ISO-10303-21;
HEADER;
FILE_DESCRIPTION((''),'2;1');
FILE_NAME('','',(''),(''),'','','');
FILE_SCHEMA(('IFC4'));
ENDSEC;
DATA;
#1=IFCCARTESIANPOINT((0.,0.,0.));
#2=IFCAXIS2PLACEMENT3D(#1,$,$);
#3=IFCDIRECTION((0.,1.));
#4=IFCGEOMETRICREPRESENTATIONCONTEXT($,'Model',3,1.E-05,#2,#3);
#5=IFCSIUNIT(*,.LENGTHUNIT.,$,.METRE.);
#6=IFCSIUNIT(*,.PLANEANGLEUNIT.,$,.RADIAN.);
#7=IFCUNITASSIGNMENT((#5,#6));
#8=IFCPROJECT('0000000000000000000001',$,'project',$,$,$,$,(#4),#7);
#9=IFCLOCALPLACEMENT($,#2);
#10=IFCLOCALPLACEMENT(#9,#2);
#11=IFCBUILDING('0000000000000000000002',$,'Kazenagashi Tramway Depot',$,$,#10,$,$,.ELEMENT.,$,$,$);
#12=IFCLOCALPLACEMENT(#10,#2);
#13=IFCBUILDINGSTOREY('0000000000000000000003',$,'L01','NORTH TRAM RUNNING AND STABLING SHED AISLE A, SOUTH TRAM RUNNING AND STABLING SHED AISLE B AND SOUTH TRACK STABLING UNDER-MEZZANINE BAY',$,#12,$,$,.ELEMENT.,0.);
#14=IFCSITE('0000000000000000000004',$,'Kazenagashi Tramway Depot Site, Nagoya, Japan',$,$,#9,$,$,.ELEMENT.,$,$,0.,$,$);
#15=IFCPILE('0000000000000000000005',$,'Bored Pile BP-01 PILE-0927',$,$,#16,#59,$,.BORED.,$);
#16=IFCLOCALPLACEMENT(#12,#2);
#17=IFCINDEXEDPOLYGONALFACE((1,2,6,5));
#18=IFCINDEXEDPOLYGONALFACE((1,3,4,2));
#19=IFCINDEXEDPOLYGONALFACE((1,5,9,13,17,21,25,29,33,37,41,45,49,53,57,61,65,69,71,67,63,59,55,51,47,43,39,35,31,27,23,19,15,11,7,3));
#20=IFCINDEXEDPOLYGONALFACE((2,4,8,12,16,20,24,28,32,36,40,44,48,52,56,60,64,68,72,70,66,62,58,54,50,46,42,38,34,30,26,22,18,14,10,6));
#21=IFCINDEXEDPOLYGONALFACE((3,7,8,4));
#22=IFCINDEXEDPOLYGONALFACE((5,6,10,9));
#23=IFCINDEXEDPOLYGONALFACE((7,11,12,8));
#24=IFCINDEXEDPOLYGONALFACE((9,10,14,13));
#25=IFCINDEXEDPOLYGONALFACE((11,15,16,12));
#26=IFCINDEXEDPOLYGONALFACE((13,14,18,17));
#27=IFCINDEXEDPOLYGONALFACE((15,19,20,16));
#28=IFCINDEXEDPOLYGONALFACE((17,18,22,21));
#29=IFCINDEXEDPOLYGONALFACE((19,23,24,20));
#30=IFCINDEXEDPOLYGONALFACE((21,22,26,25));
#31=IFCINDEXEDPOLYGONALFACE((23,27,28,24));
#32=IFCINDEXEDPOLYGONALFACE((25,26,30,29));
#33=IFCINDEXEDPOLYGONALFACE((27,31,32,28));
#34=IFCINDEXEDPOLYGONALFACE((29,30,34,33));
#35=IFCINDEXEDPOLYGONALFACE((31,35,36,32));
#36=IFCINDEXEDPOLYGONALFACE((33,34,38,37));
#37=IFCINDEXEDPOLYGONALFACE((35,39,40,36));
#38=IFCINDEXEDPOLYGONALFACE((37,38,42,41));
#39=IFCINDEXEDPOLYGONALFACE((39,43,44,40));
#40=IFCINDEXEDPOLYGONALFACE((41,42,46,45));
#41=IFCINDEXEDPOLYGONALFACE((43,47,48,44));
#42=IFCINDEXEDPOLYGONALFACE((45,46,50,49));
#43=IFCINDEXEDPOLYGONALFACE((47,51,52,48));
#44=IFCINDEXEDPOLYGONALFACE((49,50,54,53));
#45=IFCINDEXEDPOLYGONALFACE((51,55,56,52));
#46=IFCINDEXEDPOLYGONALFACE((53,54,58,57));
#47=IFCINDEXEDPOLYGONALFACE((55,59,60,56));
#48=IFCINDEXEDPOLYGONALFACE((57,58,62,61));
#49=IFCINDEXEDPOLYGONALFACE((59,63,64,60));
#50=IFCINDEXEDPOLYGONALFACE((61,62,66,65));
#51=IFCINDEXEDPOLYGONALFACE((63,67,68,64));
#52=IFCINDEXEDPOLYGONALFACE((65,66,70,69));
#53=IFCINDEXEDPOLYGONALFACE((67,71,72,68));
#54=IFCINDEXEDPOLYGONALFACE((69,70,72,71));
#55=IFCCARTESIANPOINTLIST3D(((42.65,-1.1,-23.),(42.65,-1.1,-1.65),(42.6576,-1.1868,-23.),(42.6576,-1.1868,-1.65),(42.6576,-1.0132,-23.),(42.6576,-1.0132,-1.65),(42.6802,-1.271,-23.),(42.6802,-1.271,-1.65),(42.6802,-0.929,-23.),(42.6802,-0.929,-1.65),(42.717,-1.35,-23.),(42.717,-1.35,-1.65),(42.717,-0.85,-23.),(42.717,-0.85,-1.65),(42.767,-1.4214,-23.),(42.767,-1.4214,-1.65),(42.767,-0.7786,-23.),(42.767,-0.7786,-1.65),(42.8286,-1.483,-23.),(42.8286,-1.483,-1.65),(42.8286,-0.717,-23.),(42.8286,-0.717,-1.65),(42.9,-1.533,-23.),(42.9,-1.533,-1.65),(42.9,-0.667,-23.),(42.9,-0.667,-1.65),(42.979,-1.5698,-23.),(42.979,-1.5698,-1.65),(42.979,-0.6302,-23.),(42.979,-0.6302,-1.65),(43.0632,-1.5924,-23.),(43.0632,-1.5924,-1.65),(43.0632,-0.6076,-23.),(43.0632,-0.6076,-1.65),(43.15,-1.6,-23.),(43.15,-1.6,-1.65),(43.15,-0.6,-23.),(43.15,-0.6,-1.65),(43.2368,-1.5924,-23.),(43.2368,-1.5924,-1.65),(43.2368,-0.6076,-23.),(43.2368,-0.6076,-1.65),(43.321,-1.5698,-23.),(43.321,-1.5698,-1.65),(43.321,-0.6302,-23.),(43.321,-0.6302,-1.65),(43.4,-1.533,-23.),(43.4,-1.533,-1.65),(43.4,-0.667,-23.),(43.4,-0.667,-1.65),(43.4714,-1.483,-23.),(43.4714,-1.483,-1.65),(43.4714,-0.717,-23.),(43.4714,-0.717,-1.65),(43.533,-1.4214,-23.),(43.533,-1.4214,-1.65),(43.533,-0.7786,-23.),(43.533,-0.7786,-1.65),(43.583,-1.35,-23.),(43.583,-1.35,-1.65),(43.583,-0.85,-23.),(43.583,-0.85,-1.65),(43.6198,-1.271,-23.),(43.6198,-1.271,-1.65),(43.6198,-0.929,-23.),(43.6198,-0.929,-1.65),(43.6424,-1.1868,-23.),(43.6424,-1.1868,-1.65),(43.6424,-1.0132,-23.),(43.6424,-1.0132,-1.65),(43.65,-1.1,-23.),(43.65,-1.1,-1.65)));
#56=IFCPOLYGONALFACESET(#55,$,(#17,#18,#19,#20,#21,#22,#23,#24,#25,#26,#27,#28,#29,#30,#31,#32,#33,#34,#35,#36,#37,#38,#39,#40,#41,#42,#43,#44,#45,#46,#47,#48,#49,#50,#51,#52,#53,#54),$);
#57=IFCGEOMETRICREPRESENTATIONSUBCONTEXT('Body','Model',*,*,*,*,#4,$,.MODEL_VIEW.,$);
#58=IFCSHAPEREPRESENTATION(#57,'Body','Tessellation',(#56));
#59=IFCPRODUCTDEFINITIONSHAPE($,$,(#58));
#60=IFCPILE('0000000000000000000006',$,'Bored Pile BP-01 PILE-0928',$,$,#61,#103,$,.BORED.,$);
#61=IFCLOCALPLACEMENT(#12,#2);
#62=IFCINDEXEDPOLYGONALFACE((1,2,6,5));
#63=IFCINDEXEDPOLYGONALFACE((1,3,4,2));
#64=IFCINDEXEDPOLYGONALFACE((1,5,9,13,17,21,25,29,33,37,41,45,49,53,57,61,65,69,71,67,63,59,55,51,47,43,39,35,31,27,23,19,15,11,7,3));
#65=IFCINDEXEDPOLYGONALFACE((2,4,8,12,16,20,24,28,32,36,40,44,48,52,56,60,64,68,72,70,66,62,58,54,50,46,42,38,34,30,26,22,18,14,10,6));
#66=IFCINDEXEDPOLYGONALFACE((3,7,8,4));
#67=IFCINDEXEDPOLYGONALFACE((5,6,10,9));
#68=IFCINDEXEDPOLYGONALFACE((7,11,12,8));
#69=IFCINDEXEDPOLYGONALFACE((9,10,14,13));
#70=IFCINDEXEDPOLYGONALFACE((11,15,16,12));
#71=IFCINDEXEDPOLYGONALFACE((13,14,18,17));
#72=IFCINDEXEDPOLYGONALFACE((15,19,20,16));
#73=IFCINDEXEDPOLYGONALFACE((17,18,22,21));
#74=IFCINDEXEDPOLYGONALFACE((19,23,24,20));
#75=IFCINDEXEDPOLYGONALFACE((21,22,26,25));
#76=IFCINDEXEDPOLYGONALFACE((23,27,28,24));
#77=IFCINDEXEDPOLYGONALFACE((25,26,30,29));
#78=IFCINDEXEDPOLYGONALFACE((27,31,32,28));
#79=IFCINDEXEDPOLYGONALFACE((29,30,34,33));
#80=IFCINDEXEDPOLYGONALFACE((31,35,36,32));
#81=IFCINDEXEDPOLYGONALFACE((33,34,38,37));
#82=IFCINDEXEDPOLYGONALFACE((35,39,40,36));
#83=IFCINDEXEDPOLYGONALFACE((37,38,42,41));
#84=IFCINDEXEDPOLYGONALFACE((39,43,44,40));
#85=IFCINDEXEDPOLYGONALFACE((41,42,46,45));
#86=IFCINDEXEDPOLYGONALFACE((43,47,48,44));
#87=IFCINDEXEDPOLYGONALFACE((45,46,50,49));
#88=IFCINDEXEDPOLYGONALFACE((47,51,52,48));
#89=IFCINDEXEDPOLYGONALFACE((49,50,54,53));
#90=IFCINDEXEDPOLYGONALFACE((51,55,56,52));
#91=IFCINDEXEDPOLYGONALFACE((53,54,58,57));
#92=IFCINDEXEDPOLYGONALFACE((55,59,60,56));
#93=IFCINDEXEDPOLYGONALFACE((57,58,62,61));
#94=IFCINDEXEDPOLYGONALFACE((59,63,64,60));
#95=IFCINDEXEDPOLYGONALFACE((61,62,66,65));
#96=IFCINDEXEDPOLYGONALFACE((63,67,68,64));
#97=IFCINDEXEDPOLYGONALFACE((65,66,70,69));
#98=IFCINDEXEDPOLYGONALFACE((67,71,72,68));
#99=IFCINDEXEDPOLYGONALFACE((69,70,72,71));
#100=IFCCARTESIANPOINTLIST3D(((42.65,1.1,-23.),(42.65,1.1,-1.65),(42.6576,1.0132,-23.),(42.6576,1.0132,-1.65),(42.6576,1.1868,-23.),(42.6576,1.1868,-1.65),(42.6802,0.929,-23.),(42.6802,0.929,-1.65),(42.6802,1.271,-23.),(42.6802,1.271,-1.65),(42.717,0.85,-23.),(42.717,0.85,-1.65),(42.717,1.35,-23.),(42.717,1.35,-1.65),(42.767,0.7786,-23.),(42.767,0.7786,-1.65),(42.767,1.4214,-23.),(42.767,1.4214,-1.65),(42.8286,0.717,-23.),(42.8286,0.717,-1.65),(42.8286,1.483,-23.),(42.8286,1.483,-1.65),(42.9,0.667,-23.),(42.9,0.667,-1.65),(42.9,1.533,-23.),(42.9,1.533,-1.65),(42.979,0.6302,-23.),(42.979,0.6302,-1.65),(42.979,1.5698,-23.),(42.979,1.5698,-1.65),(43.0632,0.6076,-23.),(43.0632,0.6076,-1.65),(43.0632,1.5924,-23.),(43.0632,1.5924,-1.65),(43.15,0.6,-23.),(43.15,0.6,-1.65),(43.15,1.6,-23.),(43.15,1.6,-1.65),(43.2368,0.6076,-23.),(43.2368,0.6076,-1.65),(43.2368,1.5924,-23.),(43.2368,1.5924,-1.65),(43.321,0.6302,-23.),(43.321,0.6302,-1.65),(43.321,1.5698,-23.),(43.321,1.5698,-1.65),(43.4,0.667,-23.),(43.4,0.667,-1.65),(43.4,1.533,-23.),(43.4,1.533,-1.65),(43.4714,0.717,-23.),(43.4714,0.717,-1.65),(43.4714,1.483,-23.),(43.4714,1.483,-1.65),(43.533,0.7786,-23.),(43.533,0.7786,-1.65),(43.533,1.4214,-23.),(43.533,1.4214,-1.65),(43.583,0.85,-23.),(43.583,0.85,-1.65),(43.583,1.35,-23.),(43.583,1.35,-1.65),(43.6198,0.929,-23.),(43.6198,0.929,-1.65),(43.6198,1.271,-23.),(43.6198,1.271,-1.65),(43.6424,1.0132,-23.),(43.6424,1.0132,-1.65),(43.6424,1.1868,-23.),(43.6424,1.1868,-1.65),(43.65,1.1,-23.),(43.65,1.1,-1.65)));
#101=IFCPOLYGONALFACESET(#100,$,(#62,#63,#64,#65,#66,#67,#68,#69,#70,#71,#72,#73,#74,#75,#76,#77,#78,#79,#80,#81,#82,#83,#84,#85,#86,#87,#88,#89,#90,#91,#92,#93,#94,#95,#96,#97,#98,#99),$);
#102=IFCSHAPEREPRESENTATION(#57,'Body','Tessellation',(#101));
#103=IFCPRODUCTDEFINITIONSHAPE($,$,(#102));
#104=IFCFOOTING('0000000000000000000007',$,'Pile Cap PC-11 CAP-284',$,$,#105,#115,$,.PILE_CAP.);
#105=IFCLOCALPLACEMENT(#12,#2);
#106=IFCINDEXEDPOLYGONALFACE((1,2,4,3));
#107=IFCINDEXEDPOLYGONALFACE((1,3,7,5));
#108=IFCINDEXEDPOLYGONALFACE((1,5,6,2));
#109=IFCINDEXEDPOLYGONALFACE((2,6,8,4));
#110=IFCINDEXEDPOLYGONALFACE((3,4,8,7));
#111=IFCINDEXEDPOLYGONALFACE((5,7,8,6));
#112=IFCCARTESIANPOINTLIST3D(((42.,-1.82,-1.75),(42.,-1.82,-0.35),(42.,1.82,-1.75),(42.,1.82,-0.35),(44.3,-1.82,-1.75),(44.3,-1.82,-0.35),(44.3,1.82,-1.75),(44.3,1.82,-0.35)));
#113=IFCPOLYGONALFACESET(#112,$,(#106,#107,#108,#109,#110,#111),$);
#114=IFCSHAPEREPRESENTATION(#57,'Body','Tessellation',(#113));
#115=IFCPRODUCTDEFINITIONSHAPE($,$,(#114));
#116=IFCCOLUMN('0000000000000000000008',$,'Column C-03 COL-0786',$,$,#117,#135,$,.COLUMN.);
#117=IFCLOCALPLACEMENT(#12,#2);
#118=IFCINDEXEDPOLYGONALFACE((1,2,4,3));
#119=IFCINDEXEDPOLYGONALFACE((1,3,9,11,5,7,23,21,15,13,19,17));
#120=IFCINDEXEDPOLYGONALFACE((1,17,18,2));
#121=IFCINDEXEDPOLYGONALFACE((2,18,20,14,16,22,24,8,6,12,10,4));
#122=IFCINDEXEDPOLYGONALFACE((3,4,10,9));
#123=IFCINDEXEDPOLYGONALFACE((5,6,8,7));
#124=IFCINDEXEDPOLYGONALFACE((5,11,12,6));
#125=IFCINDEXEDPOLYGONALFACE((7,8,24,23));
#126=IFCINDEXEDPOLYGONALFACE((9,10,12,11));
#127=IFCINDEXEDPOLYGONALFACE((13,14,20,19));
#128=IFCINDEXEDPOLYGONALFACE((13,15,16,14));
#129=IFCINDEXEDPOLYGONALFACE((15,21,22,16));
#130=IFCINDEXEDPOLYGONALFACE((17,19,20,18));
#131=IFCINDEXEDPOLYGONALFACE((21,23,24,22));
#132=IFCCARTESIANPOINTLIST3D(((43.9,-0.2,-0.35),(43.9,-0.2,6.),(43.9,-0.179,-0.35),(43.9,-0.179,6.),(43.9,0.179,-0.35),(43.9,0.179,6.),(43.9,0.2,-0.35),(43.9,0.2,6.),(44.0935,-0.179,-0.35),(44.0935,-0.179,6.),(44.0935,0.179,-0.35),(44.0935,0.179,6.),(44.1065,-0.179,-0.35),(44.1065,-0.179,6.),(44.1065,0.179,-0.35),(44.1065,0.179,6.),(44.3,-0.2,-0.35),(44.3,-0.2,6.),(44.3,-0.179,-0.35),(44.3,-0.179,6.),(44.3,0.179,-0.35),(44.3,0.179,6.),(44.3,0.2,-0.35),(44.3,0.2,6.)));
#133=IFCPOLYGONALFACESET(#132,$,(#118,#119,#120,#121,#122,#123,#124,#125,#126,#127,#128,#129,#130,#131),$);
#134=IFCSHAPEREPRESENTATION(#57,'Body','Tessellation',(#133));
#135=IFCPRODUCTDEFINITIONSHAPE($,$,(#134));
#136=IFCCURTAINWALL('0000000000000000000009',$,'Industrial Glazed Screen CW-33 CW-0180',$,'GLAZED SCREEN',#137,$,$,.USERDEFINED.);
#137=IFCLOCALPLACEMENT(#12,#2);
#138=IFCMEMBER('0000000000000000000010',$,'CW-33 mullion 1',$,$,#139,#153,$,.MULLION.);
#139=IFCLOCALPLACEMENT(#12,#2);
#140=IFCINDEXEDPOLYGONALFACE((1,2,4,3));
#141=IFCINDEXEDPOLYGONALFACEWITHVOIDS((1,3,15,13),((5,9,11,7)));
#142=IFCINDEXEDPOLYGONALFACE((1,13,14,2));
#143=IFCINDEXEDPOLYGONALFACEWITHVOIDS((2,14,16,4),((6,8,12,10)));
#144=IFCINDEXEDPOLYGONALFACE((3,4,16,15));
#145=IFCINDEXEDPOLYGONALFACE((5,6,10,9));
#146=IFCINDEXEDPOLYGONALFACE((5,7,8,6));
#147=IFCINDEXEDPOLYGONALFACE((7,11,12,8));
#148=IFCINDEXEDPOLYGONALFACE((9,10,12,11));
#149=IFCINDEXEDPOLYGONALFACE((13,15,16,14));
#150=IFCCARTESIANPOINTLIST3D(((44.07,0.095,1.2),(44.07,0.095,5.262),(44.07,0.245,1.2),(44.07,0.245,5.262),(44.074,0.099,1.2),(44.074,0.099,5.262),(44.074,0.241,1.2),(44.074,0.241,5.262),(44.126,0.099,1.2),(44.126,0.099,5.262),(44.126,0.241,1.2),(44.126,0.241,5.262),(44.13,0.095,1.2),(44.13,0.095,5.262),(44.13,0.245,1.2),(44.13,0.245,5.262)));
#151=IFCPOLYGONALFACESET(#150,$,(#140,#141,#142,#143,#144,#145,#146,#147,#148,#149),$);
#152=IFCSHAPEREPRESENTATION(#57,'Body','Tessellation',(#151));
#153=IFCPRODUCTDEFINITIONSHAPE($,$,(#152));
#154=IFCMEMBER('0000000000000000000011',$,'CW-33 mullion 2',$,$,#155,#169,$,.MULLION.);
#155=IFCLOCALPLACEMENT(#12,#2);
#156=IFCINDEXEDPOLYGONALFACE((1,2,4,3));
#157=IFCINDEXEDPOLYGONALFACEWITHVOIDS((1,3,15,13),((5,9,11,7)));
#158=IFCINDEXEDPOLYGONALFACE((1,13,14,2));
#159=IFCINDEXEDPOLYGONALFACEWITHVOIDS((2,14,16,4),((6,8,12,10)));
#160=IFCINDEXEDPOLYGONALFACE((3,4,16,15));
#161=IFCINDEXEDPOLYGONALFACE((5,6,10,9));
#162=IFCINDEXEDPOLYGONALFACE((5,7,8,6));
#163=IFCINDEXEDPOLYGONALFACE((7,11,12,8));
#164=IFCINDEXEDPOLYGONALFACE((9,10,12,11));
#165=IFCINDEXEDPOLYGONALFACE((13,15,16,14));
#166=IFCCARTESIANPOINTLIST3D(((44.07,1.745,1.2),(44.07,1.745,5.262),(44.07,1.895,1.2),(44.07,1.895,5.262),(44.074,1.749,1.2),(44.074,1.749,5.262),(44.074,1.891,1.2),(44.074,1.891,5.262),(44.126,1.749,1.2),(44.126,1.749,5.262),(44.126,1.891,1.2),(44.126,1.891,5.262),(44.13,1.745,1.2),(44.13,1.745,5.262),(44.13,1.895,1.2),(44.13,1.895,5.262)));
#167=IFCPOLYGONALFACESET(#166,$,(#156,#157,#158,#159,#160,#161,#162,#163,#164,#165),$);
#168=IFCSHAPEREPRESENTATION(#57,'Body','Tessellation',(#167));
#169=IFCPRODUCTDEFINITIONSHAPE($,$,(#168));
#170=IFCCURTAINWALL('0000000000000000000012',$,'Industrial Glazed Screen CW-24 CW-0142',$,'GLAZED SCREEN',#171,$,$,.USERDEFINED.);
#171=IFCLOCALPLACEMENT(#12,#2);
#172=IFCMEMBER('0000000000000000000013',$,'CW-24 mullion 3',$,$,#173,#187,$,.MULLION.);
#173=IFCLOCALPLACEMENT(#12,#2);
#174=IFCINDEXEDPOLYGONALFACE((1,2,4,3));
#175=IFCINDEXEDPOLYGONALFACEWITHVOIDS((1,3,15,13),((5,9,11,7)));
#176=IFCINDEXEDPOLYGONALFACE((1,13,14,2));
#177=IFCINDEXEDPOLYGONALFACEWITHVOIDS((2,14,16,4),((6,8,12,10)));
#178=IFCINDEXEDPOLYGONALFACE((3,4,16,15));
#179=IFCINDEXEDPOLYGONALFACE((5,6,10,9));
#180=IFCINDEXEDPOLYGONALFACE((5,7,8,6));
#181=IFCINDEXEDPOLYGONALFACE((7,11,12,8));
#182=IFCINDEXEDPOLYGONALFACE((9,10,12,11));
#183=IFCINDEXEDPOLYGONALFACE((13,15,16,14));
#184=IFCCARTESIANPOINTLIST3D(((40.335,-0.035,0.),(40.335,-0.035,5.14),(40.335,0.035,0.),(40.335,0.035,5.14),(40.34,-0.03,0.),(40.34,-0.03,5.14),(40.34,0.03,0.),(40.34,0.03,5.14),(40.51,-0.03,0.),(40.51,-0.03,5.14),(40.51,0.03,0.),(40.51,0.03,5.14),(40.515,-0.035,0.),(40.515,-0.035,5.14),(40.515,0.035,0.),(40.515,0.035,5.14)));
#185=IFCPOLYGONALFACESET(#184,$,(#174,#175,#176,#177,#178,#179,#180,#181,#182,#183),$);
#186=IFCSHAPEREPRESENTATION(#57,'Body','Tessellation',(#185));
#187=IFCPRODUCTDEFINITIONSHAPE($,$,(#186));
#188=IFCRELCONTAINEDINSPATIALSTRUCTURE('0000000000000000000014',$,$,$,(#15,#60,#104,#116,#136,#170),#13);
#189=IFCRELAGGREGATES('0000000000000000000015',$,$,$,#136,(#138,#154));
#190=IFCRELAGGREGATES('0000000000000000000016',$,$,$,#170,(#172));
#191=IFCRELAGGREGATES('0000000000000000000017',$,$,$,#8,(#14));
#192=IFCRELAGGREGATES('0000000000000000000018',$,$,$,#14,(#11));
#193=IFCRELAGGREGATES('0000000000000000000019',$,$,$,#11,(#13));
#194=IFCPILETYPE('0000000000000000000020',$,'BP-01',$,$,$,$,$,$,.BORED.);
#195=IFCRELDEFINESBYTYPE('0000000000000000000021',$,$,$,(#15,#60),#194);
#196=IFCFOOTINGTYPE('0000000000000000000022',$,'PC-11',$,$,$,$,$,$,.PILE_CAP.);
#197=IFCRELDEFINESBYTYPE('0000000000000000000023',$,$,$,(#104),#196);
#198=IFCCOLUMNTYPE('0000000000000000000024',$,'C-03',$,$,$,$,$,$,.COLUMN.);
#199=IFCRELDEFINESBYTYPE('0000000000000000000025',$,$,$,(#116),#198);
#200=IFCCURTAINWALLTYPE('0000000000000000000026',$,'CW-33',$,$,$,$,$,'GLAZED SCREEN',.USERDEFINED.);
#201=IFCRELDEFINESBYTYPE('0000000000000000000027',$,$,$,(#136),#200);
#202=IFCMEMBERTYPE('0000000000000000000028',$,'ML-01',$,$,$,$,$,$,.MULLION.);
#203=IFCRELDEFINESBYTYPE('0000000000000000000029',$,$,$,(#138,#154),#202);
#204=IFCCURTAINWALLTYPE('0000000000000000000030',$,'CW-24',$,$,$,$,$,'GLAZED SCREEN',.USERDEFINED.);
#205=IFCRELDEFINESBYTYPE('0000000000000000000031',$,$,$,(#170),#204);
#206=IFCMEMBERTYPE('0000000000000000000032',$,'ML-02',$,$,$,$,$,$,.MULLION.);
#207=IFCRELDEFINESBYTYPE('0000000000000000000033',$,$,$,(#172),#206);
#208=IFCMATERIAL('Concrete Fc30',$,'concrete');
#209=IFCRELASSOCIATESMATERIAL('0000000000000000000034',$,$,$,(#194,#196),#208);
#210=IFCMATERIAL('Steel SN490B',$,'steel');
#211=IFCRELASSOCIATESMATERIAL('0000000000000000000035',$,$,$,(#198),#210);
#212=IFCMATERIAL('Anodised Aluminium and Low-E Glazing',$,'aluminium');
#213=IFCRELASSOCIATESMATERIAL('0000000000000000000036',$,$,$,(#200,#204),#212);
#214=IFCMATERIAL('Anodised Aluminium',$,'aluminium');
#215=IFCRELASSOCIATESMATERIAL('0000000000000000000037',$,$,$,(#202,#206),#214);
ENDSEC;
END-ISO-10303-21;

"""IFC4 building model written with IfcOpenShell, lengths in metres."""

from ifc_helpers import new_model, si_unit, direction, frame, origin, origin_2d, place, context, subcontext, project, spatial, rectangle, hollow_rectangle, circle, i_section, extrude, material, material_profile, profile_set, type_object, element, aggregate, save


model = new_model("IFC4")

# Units and contexts
model_context = context("Model", 3, precision=1e-05, world=origin(), true_north=direction((0.0, 1.0)))
body_context = subcontext(model_context, "Body", "Model", "MODEL_VIEW")
ifc_project = project(units=[si_unit("LENGTHUNIT", "METRE"), si_unit("PLANEANGLEUNIT", "RADIAN")], contexts=[model_context])

# Site, building, storey
site_placement = place(None, origin())
site = spatial("IfcSite", under=ifc_project, at=site_placement, Name="Kazenagashi Tramway Depot Site, Nagoya, Japan", CompositionType="ELEMENT", RefElevation=0.0)
building_placement = place(site_placement, origin())
building = spatial("IfcBuilding", under=site, at=building_placement, Name="Kazenagashi Tramway Depot", CompositionType="ELEMENT")
storey_placement = place(building_placement, origin())
storey = spatial("IfcBuildingStorey", under=building, at=storey_placement, Name="L01", Description="NORTH TRAM RUNNING AND STABLING SHED AISLE A, SOUTH TRAM RUNNING AND STABLING SHED AISLE B AND SOUTH TRACK STABLING UNDER-MEZZANINE BAY", CompositionType="ELEMENT", Elevation=0.0)

# Piles
ifc_material_1 = material(Name="Concrete Fc30", Category="concrete")
ifc_material_profile_1 = material_profile(ifc_material_1, circle(Radius=0.5, at=origin_2d()), Name="PILE-1000")
ifc_profile_set_1 = profile_set([ifc_material_profile_1], Name="Concrete Fc30")
pile_type = type_object("IfcPileType", Name="BP-01", PredefinedType="BORED", material=ifc_profile_set_1)
for number, where, z_axis, x_axis, name in (
    (1, (43.15, -1.1, -1.65), (0.0, 0.0, -1.0), (1.0, 0.0, 0.0), "Bored Pile BP-01 PILE-0927"),
    (2, (43.15, 1.1, -1.65), (0.0, 0.0, -1.0), (1.0, 0.0, 0.0), "Bored Pile BP-01 PILE-0928"),
):
    element("IfcPile", number, at=place(storey_placement, frame(where, z_axis=z_axis, x_axis=x_axis)), inside=storey, type_object=pile_type, Name=name, PredefinedType="BORED", context=body_context, shape_type="SweptSolid", body=[
        extrude(circle(Radius=0.5, at=origin_2d()), origin(), (0.0, 0.0, 1.0), 21.35),
    ])

# Footing
footing_type = type_object("IfcFootingType", Name="PC-11", PredefinedType="PILE_CAP", material=ifc_material_1)
footing_placement = place(storey_placement, frame((43.15, 0.0, -1.75), z_axis=(0.0, 0.0, 1.0), x_axis=(1.0, 0.0, 0.0)))
element("IfcFooting", 3, at=footing_placement, inside=storey, type_object=footing_type, Name="Pile Cap PC-11 CAP-284", PredefinedType="PILE_CAP", context=body_context, shape_type="SweptSolid", body=[
    extrude(rectangle(XDim=2.3, YDim=3.64, at=origin_2d()), origin(), (0.0, 0.0, 1.0), 1.4),
])

# Column
ifc_material_2 = material(Name="Steel SN490B", Category="steel")
ifc_material_profile_2 = material_profile(ifc_material_2, i_section(OverallWidth=0.4, OverallDepth=0.4, WebThickness=0.013, FlangeThickness=0.021, at=origin_2d()), Name="H-400x400x13x21")
ifc_profile_set_2 = profile_set([ifc_material_profile_2], Name="Steel SN490B")
column_type = type_object("IfcColumnType", Name="C-03", PredefinedType="COLUMN", material=ifc_profile_set_2)
column_placement = place(storey_placement, frame((44.1, 0.0, -0.35), z_axis=(0.0, 0.0, 1.0), x_axis=(1.0, 0.0, 0.0)))
element("IfcColumn", 4, at=column_placement, inside=storey, type_object=column_type, Name="Column C-03 COL-0786", PredefinedType="COLUMN", context=body_context, shape_type="SweptSolid", body=[
    extrude(i_section(OverallWidth=0.4, OverallDepth=0.4, WebThickness=0.013, FlangeThickness=0.021, at=origin_2d()), origin(), (0.0, 0.0, 1.0), 6.35),
])

# Curtain walls, members
ifc_material_3 = material(Name="Anodised Aluminium and Low-E Glazing", Category="aluminium")
curtain_wall_type_1 = type_object("IfcCurtainWallType", Name="CW-33", ElementType="GLAZED SCREEN", PredefinedType="USERDEFINED", material=ifc_material_3)
curtain_wall_1_placement = place(storey_placement, origin())
curtain_wall_1 = element("IfcCurtainWall", 5, at=curtain_wall_1_placement, inside=storey, type_object=curtain_wall_type_1, Name="Industrial Glazed Screen CW-33 CW-0180", ObjectType="GLAZED SCREEN", PredefinedType="USERDEFINED")
ifc_material_4 = material(Name="Anodised Aluminium", Category="aluminium")
ifc_material_profile_3 = material_profile(ifc_material_4, hollow_rectangle(XDim=0.06, YDim=0.15, WallThickness=0.004, at=origin_2d()), Name="RHS-150x60x4")
ifc_profile_set_3 = profile_set([ifc_material_profile_3], Name="Anodised Aluminium")
member_type_1 = type_object("IfcMemberType", Name="ML-01", PredefinedType="MULLION", material=ifc_profile_set_3)
member_1_placement = place(storey_placement, frame((44.1, 0.17, 1.2), z_axis=(0.0, 0.0, 1.0), x_axis=(-1.0, 0.0, 0.0)))
member_1 = element("IfcMember", 6, at=member_1_placement, type_object=member_type_1, Name="CW-33 mullion 1", PredefinedType="MULLION", context=body_context, shape_type="SweptSolid", body=[
    extrude(hollow_rectangle(XDim=0.06, YDim=0.15, WallThickness=0.004, at=origin_2d()), origin(), (0.0, 0.0, 1.0), 4.062),
])
member_2_placement = place(storey_placement, frame((44.1, 1.82, 1.2), z_axis=(0.0, 0.0, 1.0), x_axis=(-1.0, 0.0, 0.0)))
member_2 = element("IfcMember", 7, at=member_2_placement, type_object=member_type_1, Name="CW-33 mullion 2", PredefinedType="MULLION", context=body_context, shape_type="SweptSolid", body=[
    extrude(hollow_rectangle(XDim=0.06, YDim=0.15, WallThickness=0.004, at=origin_2d()), origin(), (0.0, 0.0, 1.0), 4.062),
])
curtain_wall_type_2 = type_object("IfcCurtainWallType", Name="CW-24", ElementType="GLAZED SCREEN", PredefinedType="USERDEFINED", material=ifc_material_3)
curtain_wall_2_placement = place(storey_placement, origin())
curtain_wall_2 = element("IfcCurtainWall", 8, at=curtain_wall_2_placement, inside=storey, type_object=curtain_wall_type_2, Name="Industrial Glazed Screen CW-24 CW-0142", ObjectType="GLAZED SCREEN", PredefinedType="USERDEFINED")
ifc_material_profile_4 = material_profile(ifc_material_4, hollow_rectangle(XDim=0.07, YDim=0.18, WallThickness=0.005, at=origin_2d()), Name="RHS-180x70x5")
ifc_profile_set_4 = profile_set([ifc_material_profile_4], Name="Anodised Aluminium")
member_type_2 = type_object("IfcMemberType", Name="ML-02", PredefinedType="MULLION", material=ifc_profile_set_4)
member_3_placement = place(storey_placement, frame((40.425, 0.0, 0.0), z_axis=(0.0, 0.0, 1.0), x_axis=(0.0, 1.0, 0.0)))
member_3 = element("IfcMember", 9, at=member_3_placement, type_object=member_type_2, Name="CW-24 mullion 3", PredefinedType="MULLION", context=body_context, shape_type="SweptSolid", body=[
    extrude(hollow_rectangle(XDim=0.07, YDim=0.18, WallThickness=0.005, at=origin_2d()), origin(), (0.0, 0.0, 1.0), 5.14),
])

aggregate(curtain_wall_1, [member_1, member_2])
aggregate(curtain_wall_2, [member_3])

save(model, "model.ifc")
